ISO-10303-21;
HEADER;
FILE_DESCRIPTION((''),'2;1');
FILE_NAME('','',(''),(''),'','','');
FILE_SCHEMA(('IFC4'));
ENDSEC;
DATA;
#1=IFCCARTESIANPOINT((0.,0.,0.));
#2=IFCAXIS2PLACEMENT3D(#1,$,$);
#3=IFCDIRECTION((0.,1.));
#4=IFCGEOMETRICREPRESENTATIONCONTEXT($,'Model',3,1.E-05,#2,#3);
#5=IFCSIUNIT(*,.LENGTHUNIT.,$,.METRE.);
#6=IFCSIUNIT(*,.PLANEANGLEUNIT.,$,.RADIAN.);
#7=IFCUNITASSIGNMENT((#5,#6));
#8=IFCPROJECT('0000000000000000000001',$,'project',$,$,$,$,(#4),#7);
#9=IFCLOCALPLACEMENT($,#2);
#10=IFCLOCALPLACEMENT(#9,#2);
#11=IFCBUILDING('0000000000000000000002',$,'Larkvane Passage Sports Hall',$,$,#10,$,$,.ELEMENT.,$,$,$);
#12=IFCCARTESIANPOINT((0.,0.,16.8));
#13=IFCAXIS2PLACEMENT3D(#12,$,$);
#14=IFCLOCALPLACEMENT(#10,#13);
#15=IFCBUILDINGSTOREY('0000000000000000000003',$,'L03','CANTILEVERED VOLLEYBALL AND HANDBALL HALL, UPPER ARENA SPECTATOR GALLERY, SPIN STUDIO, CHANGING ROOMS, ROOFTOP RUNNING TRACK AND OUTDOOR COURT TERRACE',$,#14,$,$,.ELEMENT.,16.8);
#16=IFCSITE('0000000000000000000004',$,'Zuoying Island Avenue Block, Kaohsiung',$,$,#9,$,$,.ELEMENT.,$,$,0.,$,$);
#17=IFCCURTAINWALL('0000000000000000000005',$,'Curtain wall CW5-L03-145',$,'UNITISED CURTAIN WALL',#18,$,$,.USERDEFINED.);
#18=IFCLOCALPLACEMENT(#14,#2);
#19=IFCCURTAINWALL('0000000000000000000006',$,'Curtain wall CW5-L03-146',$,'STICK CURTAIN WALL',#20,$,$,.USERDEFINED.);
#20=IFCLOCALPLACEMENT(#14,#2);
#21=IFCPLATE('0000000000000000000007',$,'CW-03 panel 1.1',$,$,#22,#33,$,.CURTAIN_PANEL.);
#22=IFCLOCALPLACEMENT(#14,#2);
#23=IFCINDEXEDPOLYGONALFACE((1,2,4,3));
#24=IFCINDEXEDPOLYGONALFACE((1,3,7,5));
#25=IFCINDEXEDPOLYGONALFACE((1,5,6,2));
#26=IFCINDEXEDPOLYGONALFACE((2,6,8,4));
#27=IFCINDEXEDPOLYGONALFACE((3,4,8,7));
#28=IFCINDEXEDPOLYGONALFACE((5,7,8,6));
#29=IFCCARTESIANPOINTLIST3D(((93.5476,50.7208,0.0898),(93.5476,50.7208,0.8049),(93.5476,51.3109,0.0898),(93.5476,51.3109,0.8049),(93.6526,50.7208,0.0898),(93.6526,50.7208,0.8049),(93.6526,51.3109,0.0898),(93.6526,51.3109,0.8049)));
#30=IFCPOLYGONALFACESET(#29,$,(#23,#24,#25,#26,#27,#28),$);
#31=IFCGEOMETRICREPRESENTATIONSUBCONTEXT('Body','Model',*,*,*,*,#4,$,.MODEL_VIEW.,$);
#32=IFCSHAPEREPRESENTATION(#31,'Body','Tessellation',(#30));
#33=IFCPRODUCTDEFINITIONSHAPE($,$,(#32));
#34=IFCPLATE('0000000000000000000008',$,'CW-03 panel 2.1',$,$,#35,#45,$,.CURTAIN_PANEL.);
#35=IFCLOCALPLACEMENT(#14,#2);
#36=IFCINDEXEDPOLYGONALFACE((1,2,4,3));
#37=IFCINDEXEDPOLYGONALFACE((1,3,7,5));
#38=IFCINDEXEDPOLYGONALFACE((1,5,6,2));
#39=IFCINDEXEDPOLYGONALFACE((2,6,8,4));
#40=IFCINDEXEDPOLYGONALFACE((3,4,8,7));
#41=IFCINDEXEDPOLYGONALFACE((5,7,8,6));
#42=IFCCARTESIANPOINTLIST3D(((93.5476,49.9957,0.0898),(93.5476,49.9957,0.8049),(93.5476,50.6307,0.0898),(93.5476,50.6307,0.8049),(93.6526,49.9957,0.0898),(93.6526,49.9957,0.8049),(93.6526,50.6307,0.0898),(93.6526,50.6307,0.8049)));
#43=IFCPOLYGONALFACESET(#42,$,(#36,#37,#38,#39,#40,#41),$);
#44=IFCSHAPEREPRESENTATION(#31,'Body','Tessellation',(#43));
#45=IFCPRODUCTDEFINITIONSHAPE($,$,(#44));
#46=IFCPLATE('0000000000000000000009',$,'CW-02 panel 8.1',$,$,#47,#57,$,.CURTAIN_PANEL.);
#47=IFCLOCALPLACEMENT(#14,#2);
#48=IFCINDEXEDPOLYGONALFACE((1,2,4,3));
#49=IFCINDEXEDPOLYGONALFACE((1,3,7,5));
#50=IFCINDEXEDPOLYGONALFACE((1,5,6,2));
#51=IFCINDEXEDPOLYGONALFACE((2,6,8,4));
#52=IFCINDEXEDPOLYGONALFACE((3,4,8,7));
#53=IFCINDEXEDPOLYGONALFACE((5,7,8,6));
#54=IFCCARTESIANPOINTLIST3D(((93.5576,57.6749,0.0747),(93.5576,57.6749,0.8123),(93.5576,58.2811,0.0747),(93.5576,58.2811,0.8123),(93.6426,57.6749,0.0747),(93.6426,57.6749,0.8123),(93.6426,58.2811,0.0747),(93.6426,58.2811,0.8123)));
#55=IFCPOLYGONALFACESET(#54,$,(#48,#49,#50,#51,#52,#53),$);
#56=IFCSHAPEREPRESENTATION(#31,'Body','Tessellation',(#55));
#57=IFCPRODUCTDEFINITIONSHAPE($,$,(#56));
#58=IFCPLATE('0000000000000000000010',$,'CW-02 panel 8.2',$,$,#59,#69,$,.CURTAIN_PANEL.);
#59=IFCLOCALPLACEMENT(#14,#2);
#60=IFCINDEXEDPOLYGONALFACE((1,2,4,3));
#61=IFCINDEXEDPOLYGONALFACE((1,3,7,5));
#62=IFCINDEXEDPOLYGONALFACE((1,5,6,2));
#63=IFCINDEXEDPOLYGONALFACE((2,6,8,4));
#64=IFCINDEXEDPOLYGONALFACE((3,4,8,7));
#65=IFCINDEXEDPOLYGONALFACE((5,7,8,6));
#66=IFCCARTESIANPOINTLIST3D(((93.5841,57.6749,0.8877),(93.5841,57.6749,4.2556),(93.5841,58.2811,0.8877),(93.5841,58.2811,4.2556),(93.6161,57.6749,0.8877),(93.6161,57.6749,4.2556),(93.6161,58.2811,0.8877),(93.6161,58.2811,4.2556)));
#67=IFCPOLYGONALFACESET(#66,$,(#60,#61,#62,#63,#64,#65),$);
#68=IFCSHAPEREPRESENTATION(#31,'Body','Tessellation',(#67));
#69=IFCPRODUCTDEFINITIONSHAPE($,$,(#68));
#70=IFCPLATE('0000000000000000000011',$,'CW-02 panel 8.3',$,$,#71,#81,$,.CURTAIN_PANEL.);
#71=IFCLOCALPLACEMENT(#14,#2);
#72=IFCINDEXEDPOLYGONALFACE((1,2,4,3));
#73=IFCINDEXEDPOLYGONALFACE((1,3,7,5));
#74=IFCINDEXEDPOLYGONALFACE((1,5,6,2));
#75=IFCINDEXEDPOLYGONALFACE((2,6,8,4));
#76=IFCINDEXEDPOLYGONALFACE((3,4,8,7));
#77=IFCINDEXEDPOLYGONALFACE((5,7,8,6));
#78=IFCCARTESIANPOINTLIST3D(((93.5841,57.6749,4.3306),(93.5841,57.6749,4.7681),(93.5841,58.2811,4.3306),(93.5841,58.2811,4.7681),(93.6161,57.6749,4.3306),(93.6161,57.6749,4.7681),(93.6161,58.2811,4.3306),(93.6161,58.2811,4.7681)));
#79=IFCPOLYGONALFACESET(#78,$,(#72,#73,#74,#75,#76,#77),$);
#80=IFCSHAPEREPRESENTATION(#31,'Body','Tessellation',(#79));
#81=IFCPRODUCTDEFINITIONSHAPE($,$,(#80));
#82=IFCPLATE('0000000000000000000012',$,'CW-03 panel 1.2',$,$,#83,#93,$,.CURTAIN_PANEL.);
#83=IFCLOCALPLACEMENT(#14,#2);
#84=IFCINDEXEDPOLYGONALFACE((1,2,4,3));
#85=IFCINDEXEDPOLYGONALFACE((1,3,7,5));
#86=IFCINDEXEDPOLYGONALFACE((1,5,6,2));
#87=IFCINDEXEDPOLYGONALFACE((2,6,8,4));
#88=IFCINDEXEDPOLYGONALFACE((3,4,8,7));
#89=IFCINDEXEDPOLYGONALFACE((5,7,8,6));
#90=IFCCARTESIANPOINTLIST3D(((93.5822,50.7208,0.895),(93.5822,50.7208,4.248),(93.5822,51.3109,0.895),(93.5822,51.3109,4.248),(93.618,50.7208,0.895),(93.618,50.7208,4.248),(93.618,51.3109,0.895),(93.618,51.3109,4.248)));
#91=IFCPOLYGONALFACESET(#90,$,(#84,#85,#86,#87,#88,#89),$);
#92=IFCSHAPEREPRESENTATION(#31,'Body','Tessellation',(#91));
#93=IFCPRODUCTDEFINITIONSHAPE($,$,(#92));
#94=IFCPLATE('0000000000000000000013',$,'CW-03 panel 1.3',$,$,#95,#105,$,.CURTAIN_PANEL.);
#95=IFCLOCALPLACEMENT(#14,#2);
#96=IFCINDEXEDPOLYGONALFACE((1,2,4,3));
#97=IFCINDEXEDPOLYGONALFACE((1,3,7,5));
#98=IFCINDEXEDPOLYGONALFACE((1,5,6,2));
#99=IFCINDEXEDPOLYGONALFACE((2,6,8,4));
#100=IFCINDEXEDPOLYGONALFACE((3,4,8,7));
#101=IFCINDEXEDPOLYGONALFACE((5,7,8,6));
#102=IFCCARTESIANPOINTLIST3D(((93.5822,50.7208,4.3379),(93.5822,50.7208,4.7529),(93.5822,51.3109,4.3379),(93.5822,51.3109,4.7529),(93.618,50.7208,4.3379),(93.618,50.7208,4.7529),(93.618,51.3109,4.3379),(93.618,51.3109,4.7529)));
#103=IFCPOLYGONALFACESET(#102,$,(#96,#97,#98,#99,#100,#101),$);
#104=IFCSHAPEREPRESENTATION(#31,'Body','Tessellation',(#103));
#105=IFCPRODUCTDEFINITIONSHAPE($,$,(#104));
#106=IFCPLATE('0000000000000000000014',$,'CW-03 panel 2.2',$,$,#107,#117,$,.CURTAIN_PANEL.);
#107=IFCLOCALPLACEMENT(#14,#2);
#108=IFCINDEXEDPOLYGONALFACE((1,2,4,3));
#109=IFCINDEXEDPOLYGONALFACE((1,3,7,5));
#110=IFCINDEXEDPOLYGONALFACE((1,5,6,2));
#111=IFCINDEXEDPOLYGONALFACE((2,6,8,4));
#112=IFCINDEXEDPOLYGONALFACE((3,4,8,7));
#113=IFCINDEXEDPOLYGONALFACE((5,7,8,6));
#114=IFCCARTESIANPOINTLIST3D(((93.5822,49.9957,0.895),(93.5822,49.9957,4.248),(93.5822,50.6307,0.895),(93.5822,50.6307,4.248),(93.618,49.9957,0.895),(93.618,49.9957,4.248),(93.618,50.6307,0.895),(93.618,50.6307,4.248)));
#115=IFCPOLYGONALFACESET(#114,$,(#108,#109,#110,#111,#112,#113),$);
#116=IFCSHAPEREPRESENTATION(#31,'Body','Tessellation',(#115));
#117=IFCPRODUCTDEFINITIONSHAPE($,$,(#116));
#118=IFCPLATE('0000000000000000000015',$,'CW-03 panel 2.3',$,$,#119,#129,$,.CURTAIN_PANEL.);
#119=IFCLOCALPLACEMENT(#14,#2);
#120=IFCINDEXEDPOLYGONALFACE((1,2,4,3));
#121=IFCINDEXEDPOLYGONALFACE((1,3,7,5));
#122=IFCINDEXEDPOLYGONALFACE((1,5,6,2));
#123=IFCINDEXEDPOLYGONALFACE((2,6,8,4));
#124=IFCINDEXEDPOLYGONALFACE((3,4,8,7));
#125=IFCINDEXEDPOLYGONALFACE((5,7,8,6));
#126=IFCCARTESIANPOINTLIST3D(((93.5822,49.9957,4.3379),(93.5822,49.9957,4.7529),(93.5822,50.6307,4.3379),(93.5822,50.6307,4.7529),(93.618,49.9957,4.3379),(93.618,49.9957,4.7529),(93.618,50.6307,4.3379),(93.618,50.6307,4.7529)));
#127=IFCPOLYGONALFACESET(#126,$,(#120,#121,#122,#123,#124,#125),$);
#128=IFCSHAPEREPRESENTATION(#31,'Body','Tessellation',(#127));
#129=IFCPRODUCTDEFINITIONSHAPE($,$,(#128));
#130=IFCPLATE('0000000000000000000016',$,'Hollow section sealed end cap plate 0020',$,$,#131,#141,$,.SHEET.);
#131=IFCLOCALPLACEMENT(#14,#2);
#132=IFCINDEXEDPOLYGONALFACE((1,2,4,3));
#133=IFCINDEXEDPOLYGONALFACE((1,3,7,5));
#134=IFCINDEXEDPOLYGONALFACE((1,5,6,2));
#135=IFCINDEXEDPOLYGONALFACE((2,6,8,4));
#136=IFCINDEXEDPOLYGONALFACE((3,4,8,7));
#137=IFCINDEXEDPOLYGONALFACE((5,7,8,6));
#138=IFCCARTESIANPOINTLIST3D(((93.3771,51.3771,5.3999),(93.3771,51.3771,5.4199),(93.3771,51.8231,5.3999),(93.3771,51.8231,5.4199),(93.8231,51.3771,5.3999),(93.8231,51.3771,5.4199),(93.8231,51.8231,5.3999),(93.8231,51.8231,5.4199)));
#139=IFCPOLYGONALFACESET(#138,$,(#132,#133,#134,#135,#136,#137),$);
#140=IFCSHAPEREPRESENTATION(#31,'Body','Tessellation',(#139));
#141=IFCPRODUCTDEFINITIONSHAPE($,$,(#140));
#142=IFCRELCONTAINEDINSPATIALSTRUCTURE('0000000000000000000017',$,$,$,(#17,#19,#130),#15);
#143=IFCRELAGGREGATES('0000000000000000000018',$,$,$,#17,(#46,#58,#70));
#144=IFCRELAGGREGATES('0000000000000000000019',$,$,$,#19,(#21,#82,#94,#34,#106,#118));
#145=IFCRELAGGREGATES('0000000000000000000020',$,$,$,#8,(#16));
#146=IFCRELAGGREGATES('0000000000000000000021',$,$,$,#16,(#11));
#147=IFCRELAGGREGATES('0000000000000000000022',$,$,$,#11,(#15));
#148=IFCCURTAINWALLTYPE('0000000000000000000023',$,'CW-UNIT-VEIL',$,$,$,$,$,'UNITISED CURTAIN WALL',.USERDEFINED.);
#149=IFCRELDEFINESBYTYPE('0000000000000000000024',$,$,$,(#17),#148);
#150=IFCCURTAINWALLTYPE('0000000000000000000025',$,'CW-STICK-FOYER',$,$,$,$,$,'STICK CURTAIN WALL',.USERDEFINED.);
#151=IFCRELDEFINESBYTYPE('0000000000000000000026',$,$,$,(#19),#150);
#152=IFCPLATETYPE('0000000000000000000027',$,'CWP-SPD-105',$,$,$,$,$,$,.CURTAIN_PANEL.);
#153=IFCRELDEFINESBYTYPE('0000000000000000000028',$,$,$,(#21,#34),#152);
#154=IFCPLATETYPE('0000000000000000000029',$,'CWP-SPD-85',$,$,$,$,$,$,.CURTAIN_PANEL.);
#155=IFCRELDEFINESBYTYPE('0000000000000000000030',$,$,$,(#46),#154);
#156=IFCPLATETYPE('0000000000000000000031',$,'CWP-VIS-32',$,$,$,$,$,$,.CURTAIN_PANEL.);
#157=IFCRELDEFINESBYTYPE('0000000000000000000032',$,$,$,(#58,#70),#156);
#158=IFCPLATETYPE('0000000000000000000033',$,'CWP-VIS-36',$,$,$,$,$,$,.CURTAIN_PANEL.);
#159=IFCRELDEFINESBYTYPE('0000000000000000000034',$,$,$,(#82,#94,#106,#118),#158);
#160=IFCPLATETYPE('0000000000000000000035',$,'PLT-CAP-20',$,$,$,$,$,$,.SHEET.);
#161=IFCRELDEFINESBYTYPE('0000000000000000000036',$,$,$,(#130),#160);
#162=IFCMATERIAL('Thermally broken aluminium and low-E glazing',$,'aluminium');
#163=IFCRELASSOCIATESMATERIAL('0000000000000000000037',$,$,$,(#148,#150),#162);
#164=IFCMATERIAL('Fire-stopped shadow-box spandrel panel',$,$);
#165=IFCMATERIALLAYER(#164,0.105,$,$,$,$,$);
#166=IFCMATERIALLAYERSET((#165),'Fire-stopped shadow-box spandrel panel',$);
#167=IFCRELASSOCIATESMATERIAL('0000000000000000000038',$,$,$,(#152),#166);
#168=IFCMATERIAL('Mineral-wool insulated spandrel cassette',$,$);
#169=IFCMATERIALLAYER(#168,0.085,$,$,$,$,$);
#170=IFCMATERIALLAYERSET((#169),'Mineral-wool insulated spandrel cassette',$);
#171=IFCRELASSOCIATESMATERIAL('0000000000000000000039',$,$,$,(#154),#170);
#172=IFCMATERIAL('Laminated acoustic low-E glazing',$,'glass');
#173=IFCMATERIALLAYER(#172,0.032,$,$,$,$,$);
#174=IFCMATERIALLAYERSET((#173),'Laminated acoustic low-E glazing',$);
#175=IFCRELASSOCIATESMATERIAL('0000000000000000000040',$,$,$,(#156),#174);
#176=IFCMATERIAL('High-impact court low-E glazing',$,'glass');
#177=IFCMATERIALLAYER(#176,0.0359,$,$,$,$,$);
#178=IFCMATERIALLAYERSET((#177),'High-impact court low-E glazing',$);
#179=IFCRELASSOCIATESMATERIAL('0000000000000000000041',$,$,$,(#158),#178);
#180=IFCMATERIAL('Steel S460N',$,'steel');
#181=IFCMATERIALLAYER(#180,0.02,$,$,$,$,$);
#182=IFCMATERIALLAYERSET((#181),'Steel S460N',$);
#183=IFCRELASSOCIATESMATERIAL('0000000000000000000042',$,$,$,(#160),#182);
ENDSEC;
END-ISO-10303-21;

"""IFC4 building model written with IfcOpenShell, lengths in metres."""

from ifc_helpers import new_model, si_unit, direction, frame, origin, origin_2d, place, context, subcontext, project, spatial, rectangle, extrude, material, layer, layer_set, type_object, element, aggregate, save


model = new_model("IFC4")

# Units and contexts
model_context = context("Model", 3, precision=1e-05, world=origin(), true_north=direction((0.0, 1.0)))
body_context = subcontext(model_context, "Body", "Model", "MODEL_VIEW")
ifc_project = project(units=[si_unit("LENGTHUNIT", "METRE"), si_unit("PLANEANGLEUNIT", "RADIAN")], contexts=[model_context])

# Site, building, storey
site_placement = place(None, origin())
site = spatial("IfcSite", under=ifc_project, at=site_placement, Name="Zuoying Island Avenue Block, Kaohsiung", CompositionType="ELEMENT", RefElevation=0.0)
building_placement = place(site_placement, origin())
building = spatial("IfcBuilding", under=site, at=building_placement, Name="Larkvane Passage Sports Hall", CompositionType="ELEMENT")
storey_placement = place(building_placement, frame((0.0, 0.0, 16.8)))
storey = spatial("IfcBuildingStorey", under=building, at=storey_placement, Name="L03", Description="CANTILEVERED VOLLEYBALL AND HANDBALL HALL, UPPER ARENA SPECTATOR GALLERY, SPIN STUDIO, CHANGING ROOMS, ROOFTOP RUNNING TRACK AND OUTDOOR COURT TERRACE", CompositionType="ELEMENT", Elevation=16.8)

# Shared definitions
ifc_material_1 = material(Name="Steel S460N", Category="steel")

# Curtain wall
ifc_material_2 = material(Name="Thermally broken aluminium and low-E glazing", Category="aluminium")
curtain_wall_type_1 = type_object("IfcCurtainWallType", Name="CW-UNIT-VEIL", ElementType="UNITISED CURTAIN WALL", PredefinedType="USERDEFINED", material=ifc_material_2)
curtain_wall_1_placement = place(storey_placement, origin())
curtain_wall_1 = element("IfcCurtainWall", 1, at=curtain_wall_1_placement, inside=storey, type_object=curtain_wall_type_1, Name="Curtain wall CW5-L03-145", ObjectType="UNITISED CURTAIN WALL", PredefinedType="USERDEFINED")

# Curtain wall
curtain_wall_type_2 = type_object("IfcCurtainWallType", Name="CW-STICK-FOYER", ElementType="STICK CURTAIN WALL", PredefinedType="USERDEFINED", material=ifc_material_2)
curtain_wall_2_placement = place(storey_placement, origin())
curtain_wall_2 = element("IfcCurtainWall", 2, at=curtain_wall_2_placement, inside=storey, type_object=curtain_wall_type_2, Name="Curtain wall CW5-L03-146", ObjectType="STICK CURTAIN WALL", PredefinedType="USERDEFINED")

# Plates
ifc_material_3 = material(Name="Fire-stopped shadow-box spandrel panel")
ifc_layer_1 = layer(ifc_material_3, 0.105)
ifc_layer_set_1 = layer_set([ifc_layer_1], Name="Fire-stopped shadow-box spandrel panel")
plate_type_1 = type_object("IfcPlateType", Name="CWP-SPD-105", PredefinedType="CURTAIN_PANEL", material=ifc_layer_set_1)
plate_1_placement = place(storey_placement, frame((93.6001, 51.0159, 0.0898), z_axis=(0.0, 0.0, 1.0), x_axis=(0.0, -1.0, 0.0)))
plate_1 = element("IfcPlate", 3, at=plate_1_placement, type_object=plate_type_1, Name="CW-03 panel 1.1", PredefinedType="CURTAIN_PANEL", context=body_context, shape_type="SweptSolid", body=[
    extrude(rectangle(XDim=0.5901, YDim=0.105, at=origin_2d()), origin(), (0.0, 0.0, 1.0), 0.7151),
])
plate_2_placement = place(storey_placement, frame((93.6001, 50.3132, 0.0898), z_axis=(0.0, 0.0, 1.0), x_axis=(0.0, -1.0, 0.0)))
plate_2 = element("IfcPlate", 4, at=plate_2_placement, type_object=plate_type_1, Name="CW-03 panel 2.1", PredefinedType="CURTAIN_PANEL", context=body_context, shape_type="SweptSolid", body=[
    extrude(rectangle(XDim=0.635, YDim=0.105, at=origin_2d()), origin(), (0.0, 0.0, 1.0), 0.7151),
])
ifc_material_4 = material(Name="Mineral-wool insulated spandrel cassette")
ifc_layer_2 = layer(ifc_material_4, 0.085)
ifc_layer_set_2 = layer_set([ifc_layer_2], Name="Mineral-wool insulated spandrel cassette")
plate_type_2 = type_object("IfcPlateType", Name="CWP-SPD-85", PredefinedType="CURTAIN_PANEL", material=ifc_layer_set_2)
plate_3_placement = place(storey_placement, frame((93.6001, 57.978, 0.0747), z_axis=(0.0, 0.0, 1.0), x_axis=(0.0, -1.0, 0.0)))
plate_3 = element("IfcPlate", 5, at=plate_3_placement, type_object=plate_type_2, Name="CW-02 panel 8.1", PredefinedType="CURTAIN_PANEL", context=body_context, shape_type="SweptSolid", body=[
    extrude(rectangle(XDim=0.6062, YDim=0.085, at=origin_2d()), origin(), (0.0, 0.0, 1.0), 0.7375),
])
ifc_material_5 = material(Name="Laminated acoustic low-E glazing", Category="glass")
ifc_layer_3 = layer(ifc_material_5, 0.032)
ifc_layer_set_3 = layer_set([ifc_layer_3], Name="Laminated acoustic low-E glazing")
plate_type_3 = type_object("IfcPlateType", Name="CWP-VIS-32", PredefinedType="CURTAIN_PANEL", material=ifc_layer_set_3)
plate_4_placement = place(storey_placement, frame((93.6001, 57.978, 0.8877), z_axis=(0.0, 0.0, 1.0), x_axis=(0.0, -1.0, 0.0)))
plate_4 = element("IfcPlate", 6, at=plate_4_placement, type_object=plate_type_3, Name="CW-02 panel 8.2", PredefinedType="CURTAIN_PANEL", context=body_context, shape_type="SweptSolid", body=[
    extrude(rectangle(XDim=0.6062, YDim=0.032, at=origin_2d()), origin(), (0.0, 0.0, 1.0), 3.3679),
])
plate_5_placement = place(storey_placement, frame((93.6001, 57.978, 4.3306), z_axis=(0.0, 0.0, 1.0), x_axis=(0.0, -1.0, 0.0)))
plate_5 = element("IfcPlate", 7, at=plate_5_placement, type_object=plate_type_3, Name="CW-02 panel 8.3", PredefinedType="CURTAIN_PANEL", context=body_context, shape_type="SweptSolid", body=[
    extrude(rectangle(XDim=0.6062, YDim=0.032, at=origin_2d()), origin(), (0.0, 0.0, 1.0), 0.4375),
])
aggregate(curtain_wall_1, [plate_3, plate_4, plate_5])
ifc_material_6 = material(Name="High-impact court low-E glazing", Category="glass")
ifc_layer_4 = layer(ifc_material_6, 0.0359)
ifc_layer_set_4 = layer_set([ifc_layer_4], Name="High-impact court low-E glazing")
plate_type_4 = type_object("IfcPlateType", Name="CWP-VIS-36", PredefinedType="CURTAIN_PANEL", material=ifc_layer_set_4)
plate_6_placement = place(storey_placement, frame((93.6001, 51.0159, 0.895), z_axis=(0.0, 0.0, 1.0), x_axis=(0.0, -1.0, 0.0)))
plate_6 = element("IfcPlate", 8, at=plate_6_placement, type_object=plate_type_4, Name="CW-03 panel 1.2", PredefinedType="CURTAIN_PANEL", context=body_context, shape_type="SweptSolid", body=[
    extrude(rectangle(XDim=0.5901, YDim=0.0359, at=origin_2d()), origin(), (0.0, 0.0, 1.0), 3.353),
])
plate_7_placement = place(storey_placement, frame((93.6001, 51.0159, 4.3379), z_axis=(0.0, 0.0, 1.0), x_axis=(0.0, -1.0, 0.0)))
plate_7 = element("IfcPlate", 9, at=plate_7_placement, type_object=plate_type_4, Name="CW-03 panel 1.3", PredefinedType="CURTAIN_PANEL", context=body_context, shape_type="SweptSolid", body=[
    extrude(rectangle(XDim=0.5901, YDim=0.0359, at=origin_2d()), origin(), (0.0, 0.0, 1.0), 0.415),
])
plate_8_placement = place(storey_placement, frame((93.6001, 50.3132, 0.895), z_axis=(0.0, 0.0, 1.0), x_axis=(0.0, -1.0, 0.0)))
plate_8 = element("IfcPlate", 10, at=plate_8_placement, type_object=plate_type_4, Name="CW-03 panel 2.2", PredefinedType="CURTAIN_PANEL", context=body_context, shape_type="SweptSolid", body=[
    extrude(rectangle(XDim=0.635, YDim=0.0359, at=origin_2d()), origin(), (0.0, 0.0, 1.0), 3.353),
])
plate_9_placement = place(storey_placement, frame((93.6001, 50.3132, 4.3379), z_axis=(0.0, 0.0, 1.0), x_axis=(0.0, -1.0, 0.0)))
plate_9 = element("IfcPlate", 11, at=plate_9_placement, type_object=plate_type_4, Name="CW-03 panel 2.3", PredefinedType="CURTAIN_PANEL", context=body_context, shape_type="SweptSolid", body=[
    extrude(rectangle(XDim=0.635, YDim=0.0359, at=origin_2d()), origin(), (0.0, 0.0, 1.0), 0.415),
])
aggregate(curtain_wall_2, [plate_1, plate_6, plate_7, plate_2, plate_8, plate_9])
ifc_layer_5 = layer(ifc_material_1, 0.02)
ifc_layer_set_5 = layer_set([ifc_layer_5], Name="Steel S460N")
plate_type_5 = type_object("IfcPlateType", Name="PLT-CAP-20", PredefinedType="SHEET", material=ifc_layer_set_5)
plate_10_placement = place(storey_placement, frame((93.6001, 51.6001, 5.3999), z_axis=(0.0, 0.0, 1.0), x_axis=(1.0, 0.0, 0.0)))
element("IfcPlate", 12, at=plate_10_placement, inside=storey, type_object=plate_type_5, Name="Hollow section sealed end cap plate 0020", PredefinedType="SHEET", context=body_context, shape_type="SweptSolid", body=[
    extrude(rectangle(XDim=0.446, YDim=0.446, at=origin_2d()), origin(), (0.0, 0.0, 1.0), 0.02),
])

save(model, "model.ifc")
